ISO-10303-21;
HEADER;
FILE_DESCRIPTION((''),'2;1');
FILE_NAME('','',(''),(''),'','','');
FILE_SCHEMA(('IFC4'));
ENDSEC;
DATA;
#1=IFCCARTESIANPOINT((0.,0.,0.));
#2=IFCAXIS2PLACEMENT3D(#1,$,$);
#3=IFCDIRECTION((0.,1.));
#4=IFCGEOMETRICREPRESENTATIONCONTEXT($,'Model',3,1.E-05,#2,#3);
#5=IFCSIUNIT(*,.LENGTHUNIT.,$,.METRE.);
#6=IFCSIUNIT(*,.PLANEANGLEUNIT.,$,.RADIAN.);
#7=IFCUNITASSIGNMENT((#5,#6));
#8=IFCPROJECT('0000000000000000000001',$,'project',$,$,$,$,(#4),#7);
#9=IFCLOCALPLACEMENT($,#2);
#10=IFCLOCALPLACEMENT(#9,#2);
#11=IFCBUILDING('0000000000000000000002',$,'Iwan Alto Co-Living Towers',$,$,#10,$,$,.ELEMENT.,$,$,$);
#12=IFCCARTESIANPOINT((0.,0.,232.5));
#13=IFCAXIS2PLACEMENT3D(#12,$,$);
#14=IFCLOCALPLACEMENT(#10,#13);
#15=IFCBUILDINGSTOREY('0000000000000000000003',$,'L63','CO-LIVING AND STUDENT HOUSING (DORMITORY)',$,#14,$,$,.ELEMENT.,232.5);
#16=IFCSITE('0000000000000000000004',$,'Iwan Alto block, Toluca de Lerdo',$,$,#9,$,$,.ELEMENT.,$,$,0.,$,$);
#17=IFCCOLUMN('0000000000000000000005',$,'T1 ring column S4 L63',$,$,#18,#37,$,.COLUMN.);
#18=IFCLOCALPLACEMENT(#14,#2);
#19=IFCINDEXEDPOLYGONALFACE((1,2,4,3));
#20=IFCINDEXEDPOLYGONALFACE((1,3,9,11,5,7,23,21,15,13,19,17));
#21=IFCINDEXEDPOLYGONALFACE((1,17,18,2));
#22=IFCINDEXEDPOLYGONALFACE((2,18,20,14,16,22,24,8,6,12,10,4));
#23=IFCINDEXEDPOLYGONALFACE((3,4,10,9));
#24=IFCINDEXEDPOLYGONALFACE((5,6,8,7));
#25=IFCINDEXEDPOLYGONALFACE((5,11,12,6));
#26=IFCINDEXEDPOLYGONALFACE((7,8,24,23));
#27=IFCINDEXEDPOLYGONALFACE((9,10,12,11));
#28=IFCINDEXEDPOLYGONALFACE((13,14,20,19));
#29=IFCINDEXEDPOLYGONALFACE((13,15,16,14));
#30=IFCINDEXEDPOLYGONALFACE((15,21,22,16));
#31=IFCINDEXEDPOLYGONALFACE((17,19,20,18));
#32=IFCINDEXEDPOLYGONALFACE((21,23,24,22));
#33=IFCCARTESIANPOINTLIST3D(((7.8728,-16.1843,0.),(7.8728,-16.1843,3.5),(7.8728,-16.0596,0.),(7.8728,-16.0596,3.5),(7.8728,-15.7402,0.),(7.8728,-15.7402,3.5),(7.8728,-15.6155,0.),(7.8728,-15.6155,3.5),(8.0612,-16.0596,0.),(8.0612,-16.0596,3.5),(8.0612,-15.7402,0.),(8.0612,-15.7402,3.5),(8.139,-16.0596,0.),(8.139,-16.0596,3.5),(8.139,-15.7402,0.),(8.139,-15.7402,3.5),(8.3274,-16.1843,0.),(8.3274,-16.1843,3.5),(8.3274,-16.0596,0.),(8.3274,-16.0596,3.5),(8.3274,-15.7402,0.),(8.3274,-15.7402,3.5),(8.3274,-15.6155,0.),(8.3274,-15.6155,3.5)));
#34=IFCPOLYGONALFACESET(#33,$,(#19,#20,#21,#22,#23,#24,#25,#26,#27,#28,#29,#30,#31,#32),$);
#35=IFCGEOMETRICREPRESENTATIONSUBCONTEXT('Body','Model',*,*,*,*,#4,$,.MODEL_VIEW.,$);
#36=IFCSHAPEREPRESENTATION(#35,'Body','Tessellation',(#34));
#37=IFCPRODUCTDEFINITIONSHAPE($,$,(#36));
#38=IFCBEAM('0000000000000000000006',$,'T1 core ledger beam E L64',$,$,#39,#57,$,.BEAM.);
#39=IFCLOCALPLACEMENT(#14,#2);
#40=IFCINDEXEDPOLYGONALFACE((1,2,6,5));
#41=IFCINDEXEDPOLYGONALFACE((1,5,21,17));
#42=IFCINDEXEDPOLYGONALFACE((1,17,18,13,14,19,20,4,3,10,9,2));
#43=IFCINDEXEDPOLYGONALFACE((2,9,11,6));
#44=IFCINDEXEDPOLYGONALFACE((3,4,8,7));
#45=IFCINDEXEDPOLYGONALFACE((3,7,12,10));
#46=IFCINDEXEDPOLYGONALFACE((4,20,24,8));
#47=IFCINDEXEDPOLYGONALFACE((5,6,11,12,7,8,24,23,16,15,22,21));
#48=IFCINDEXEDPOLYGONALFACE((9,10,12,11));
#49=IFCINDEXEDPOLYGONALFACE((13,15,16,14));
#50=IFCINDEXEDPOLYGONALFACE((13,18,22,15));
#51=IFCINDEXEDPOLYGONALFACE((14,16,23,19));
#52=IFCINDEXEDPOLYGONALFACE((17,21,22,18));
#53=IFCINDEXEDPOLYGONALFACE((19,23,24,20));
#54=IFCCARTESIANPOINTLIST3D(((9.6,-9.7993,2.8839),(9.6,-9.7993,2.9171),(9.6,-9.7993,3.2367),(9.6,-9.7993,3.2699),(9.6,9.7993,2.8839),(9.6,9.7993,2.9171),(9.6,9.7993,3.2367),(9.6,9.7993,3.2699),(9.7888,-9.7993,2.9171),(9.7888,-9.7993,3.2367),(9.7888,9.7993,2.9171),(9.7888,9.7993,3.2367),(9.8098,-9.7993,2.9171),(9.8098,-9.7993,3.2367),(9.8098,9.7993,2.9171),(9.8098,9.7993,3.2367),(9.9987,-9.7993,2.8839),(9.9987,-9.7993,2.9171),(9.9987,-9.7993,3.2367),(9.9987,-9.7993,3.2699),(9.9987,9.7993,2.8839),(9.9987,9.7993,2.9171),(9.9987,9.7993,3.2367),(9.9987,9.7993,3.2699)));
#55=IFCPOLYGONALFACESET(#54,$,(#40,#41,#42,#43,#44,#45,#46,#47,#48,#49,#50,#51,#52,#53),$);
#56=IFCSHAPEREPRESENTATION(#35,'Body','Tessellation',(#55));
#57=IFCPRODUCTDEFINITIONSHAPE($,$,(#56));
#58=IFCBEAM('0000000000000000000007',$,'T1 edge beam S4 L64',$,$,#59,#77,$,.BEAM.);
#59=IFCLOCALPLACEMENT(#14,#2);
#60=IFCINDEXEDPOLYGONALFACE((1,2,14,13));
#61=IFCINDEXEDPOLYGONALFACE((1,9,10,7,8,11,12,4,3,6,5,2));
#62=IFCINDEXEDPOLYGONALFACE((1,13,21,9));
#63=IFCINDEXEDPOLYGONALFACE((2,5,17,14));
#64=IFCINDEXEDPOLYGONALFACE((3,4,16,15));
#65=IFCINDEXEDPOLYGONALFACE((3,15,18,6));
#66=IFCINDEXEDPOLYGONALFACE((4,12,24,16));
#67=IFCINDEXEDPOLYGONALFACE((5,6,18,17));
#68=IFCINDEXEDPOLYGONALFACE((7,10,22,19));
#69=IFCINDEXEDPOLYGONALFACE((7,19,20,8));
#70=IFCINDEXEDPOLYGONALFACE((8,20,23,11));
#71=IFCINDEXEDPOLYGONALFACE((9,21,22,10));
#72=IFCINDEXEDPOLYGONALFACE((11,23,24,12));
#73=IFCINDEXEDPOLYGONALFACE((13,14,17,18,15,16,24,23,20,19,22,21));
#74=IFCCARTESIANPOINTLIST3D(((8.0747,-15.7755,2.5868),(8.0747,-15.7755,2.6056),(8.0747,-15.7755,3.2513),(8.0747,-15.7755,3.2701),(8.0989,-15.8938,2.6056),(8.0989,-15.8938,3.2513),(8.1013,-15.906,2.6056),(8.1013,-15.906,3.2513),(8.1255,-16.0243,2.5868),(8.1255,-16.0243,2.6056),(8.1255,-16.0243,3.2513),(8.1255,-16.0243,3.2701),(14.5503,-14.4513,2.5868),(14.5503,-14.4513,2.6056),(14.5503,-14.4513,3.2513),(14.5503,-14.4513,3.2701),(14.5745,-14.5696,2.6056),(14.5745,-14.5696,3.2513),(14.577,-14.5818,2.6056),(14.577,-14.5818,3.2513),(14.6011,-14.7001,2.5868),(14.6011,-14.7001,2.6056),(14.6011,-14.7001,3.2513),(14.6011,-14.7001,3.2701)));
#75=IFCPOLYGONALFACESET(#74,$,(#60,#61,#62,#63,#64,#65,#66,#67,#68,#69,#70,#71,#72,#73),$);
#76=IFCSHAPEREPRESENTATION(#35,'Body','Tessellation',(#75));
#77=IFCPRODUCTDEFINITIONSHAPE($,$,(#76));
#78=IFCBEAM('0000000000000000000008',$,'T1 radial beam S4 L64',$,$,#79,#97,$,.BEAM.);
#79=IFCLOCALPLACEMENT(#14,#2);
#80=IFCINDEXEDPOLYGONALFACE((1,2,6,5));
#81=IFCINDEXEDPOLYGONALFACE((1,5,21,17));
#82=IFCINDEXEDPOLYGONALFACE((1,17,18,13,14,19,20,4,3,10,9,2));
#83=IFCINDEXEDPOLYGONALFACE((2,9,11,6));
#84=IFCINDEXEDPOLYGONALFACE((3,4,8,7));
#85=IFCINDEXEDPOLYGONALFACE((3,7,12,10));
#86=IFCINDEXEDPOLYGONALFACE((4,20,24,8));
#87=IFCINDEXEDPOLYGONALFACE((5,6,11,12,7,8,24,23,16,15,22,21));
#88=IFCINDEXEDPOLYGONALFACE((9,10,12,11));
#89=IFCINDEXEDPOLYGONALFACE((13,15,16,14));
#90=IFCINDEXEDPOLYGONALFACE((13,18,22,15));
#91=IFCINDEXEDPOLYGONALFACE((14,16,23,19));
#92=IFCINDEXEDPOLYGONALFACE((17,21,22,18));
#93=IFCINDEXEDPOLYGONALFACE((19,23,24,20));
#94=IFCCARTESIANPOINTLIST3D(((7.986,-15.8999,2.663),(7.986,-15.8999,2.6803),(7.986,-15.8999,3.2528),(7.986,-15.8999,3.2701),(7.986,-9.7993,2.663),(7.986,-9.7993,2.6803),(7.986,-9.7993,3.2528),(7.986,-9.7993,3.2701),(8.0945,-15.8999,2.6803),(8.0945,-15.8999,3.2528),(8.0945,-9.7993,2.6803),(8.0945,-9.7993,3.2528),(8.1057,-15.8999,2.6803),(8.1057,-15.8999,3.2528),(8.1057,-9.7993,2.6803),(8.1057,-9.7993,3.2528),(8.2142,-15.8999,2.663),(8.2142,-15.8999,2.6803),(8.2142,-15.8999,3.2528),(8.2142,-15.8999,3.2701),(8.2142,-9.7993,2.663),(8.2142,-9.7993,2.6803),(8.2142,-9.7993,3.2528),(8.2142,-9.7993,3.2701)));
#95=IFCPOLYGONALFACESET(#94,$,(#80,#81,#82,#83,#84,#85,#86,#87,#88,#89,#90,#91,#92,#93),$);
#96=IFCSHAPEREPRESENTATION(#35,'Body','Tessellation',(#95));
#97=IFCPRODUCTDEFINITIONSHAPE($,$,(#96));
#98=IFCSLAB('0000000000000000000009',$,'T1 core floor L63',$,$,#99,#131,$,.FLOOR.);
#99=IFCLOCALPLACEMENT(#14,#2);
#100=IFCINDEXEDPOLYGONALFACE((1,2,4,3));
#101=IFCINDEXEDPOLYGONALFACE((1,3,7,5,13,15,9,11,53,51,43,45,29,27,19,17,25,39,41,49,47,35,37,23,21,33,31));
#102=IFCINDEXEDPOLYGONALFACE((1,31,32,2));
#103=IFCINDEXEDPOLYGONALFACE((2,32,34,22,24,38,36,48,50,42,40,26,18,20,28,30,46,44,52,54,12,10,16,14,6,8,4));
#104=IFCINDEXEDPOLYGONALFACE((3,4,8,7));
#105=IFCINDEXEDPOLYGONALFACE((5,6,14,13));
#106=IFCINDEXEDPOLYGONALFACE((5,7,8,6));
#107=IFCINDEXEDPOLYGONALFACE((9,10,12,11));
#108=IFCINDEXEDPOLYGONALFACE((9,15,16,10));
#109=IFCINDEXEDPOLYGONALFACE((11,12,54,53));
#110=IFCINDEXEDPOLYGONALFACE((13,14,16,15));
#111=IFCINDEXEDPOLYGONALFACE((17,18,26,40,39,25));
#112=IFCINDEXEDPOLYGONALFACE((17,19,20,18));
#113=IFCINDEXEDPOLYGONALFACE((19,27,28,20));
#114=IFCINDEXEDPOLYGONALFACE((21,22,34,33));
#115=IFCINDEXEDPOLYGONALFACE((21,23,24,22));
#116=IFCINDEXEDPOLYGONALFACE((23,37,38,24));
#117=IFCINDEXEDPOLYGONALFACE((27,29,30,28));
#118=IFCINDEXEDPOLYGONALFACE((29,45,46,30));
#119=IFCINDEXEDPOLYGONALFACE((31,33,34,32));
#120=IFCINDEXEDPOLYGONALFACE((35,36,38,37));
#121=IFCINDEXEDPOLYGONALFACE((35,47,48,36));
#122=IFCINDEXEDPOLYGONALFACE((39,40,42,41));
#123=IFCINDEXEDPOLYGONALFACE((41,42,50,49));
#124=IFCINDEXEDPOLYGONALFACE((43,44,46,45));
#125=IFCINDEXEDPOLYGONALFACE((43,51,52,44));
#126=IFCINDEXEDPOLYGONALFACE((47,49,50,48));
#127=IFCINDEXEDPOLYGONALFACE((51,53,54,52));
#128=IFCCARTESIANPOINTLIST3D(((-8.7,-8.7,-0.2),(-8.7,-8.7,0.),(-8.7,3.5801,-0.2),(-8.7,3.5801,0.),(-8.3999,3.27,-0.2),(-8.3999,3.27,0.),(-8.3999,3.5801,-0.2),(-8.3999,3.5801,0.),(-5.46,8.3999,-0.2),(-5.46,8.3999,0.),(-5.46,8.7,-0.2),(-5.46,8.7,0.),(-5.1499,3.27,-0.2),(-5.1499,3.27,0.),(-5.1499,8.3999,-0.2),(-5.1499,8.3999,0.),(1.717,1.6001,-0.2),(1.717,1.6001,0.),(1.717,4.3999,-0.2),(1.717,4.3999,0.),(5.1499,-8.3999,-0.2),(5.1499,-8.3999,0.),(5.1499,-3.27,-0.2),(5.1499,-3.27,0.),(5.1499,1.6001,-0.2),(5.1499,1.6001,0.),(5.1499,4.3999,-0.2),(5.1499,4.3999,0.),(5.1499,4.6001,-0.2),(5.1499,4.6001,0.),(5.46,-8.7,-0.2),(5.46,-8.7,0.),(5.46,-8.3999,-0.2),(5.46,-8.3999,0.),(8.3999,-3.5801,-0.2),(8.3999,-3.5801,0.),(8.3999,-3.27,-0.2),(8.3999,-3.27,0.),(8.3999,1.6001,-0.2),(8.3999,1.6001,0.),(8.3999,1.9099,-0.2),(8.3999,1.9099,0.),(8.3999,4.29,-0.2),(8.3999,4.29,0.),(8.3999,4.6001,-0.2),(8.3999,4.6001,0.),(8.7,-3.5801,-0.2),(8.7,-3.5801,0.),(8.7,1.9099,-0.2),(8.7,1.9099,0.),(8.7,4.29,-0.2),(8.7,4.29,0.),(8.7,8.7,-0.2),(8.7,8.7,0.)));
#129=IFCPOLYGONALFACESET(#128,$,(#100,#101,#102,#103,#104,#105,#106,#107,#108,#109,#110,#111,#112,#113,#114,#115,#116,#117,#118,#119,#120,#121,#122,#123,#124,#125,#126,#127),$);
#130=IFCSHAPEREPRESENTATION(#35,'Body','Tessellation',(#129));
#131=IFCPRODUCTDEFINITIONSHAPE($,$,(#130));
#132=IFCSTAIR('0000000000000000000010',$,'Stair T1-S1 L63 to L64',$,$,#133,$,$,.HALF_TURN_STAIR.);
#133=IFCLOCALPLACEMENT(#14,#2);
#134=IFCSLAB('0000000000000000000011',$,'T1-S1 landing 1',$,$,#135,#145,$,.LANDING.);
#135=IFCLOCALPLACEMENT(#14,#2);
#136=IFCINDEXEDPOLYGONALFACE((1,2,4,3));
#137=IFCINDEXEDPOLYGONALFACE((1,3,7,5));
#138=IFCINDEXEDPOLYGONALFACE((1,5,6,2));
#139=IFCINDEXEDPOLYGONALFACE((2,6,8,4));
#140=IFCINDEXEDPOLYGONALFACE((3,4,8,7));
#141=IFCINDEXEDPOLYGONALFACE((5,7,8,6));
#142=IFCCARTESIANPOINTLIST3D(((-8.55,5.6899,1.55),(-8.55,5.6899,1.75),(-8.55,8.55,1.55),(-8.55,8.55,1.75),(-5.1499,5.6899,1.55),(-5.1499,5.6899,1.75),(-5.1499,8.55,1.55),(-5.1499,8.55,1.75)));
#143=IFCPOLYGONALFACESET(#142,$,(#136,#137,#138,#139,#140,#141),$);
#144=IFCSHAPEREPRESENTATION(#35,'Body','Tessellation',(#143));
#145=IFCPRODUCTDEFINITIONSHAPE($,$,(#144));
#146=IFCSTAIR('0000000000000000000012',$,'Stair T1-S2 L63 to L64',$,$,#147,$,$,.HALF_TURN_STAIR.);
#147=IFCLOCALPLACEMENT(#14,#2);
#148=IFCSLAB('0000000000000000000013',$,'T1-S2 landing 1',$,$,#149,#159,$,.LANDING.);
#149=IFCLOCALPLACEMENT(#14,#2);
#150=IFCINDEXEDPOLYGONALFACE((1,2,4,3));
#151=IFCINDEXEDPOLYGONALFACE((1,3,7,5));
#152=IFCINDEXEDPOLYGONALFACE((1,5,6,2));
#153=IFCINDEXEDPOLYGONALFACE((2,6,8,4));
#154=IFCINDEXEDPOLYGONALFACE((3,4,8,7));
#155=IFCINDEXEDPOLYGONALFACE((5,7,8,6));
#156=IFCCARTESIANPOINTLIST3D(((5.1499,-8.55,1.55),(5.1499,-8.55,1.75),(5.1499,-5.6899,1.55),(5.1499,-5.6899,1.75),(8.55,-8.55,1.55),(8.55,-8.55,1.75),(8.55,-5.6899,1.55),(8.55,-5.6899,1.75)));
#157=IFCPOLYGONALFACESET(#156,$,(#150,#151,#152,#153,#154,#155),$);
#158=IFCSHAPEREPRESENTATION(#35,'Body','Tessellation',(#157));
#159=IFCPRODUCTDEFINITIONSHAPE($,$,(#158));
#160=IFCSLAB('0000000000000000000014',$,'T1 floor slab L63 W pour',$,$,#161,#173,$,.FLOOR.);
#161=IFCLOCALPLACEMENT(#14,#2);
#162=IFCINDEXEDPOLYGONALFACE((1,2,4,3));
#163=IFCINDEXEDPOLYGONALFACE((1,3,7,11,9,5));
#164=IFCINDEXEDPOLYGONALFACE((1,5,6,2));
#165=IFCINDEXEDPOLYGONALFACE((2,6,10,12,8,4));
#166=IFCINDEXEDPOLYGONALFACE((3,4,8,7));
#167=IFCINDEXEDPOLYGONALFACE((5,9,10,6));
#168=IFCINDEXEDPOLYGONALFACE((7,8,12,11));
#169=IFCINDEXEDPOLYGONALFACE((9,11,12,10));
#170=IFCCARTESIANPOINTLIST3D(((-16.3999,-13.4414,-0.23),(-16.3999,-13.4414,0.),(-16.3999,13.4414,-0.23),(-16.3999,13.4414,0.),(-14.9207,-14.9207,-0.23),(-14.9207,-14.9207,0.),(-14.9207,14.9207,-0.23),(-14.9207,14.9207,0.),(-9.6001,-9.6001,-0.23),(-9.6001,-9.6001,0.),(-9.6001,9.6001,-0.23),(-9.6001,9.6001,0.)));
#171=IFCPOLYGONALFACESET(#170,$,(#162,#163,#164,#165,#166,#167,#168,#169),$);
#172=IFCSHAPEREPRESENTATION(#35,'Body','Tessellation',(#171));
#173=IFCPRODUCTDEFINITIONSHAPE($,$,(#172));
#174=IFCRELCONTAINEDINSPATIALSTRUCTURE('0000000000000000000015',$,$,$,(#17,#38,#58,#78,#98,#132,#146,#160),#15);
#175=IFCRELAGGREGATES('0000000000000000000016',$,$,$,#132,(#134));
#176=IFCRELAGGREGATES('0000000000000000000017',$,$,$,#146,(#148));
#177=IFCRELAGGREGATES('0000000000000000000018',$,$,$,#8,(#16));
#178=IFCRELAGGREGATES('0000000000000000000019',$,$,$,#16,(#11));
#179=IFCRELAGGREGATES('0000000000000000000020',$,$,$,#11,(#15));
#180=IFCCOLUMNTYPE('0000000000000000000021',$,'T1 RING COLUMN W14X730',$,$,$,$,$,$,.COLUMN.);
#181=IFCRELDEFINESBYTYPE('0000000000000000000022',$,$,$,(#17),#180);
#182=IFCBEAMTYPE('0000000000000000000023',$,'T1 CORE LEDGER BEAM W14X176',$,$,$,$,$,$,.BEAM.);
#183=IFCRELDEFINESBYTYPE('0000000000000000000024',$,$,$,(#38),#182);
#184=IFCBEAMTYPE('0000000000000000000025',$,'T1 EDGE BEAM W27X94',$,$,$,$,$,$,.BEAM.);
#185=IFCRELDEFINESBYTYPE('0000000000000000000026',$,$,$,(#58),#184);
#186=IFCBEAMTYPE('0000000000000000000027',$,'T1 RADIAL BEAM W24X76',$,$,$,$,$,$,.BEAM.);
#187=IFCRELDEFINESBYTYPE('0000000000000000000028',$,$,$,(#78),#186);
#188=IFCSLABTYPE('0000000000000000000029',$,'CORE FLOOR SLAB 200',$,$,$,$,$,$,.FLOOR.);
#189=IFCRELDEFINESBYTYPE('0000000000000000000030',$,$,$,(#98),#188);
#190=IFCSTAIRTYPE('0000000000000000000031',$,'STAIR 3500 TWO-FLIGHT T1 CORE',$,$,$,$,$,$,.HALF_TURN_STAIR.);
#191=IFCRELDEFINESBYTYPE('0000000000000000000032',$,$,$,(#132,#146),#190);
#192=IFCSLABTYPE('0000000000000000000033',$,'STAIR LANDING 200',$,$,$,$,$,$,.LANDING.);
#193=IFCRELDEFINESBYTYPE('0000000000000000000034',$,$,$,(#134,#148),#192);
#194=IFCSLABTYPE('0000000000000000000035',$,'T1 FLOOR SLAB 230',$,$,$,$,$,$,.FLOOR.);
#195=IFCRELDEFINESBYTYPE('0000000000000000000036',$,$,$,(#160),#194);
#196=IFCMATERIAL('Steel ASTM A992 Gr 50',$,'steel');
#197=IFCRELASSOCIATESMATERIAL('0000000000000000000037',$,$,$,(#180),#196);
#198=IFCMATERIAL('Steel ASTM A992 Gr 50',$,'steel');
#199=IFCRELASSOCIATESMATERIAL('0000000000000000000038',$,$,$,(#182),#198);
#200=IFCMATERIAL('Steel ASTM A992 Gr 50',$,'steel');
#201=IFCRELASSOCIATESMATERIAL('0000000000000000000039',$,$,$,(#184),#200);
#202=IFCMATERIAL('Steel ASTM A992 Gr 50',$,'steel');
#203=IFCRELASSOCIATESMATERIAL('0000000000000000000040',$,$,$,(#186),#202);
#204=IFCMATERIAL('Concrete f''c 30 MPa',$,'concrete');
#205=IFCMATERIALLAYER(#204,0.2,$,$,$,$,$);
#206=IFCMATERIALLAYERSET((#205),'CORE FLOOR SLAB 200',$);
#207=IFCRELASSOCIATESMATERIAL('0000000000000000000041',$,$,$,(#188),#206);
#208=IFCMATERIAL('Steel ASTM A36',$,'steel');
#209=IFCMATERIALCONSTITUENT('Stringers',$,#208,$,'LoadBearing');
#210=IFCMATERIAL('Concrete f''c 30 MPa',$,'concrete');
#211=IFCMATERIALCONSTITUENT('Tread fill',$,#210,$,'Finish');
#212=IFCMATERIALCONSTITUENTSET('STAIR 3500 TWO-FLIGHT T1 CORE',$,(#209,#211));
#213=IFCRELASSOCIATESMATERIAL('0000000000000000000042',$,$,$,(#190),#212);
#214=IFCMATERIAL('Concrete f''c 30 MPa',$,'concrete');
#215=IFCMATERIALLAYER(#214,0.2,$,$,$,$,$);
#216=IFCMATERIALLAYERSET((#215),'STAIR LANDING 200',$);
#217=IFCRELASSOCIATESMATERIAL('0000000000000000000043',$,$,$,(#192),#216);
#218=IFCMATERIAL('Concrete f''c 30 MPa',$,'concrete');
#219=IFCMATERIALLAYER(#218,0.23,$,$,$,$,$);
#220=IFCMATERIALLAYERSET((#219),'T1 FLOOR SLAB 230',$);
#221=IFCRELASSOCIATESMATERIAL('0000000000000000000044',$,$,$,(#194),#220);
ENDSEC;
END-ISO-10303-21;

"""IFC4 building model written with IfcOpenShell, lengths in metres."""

from ifc_helpers import new_model, si_unit, direction, frame, origin, origin_2d, place, context, subcontext, project, spatial, polyline, i_section, outline, extrude, material, layer, layer_set, constituent, constituent_set, material_profile, profile_set, type_object, element, aggregate, save


model = new_model("IFC4")

# Units and contexts
model_context = context("Model", 3, precision=1e-05, world=origin(), true_north=direction((0.0, 1.0)))
body_context = subcontext(model_context, "Body", "Model", "MODEL_VIEW")
ifc_project = project(units=[si_unit("LENGTHUNIT", "METRE"), si_unit("PLANEANGLEUNIT", "RADIAN")], contexts=[model_context])

# Site, building, storey
site_placement = place(None, origin())
site = spatial("IfcSite", under=ifc_project, at=site_placement, Name="Iwan Alto block, Toluca de Lerdo", CompositionType="ELEMENT", RefElevation=0.0)
building_placement = place(site_placement, origin())
building = spatial("IfcBuilding", under=site, at=building_placement, Name="Iwan Alto Co-Living Towers", CompositionType="ELEMENT")
storey_placement = place(building_placement, frame((0.0, 0.0, 232.5)))
storey = spatial("IfcBuildingStorey", under=building, at=storey_placement, Name="L63", Description="CO-LIVING AND STUDENT HOUSING (DORMITORY)", CompositionType="ELEMENT", Elevation=232.5)

# Column
ifc_material_1 = material(Name="Steel ASTM A992 Gr 50", Category="steel")
ifc_material_profile_1 = material_profile(ifc_material_1, i_section(OverallWidth=0.4546, OverallDepth=0.5688, WebThickness=0.0779, FlangeThickness=0.1248, at=origin_2d()), Name="W14X730")
ifc_profile_set_1 = profile_set([ifc_material_profile_1], Name="Steel ASTM A992 Gr 50")
column_type = type_object("IfcColumnType", Name="T1 RING COLUMN W14X730", PredefinedType="COLUMN", material=ifc_profile_set_1)
column_placement = place(storey_placement, frame((8.1001, -15.8999, 0.0), z_axis=(0.0, 0.0, 1.0), x_axis=(1.0, 0.0, 0.0)))
element("IfcColumn", 1, at=column_placement, inside=storey, type_object=column_type, Name="T1 ring column S4 L63", PredefinedType="COLUMN", context=body_context, shape_type="SweptSolid", body=[
    extrude(i_section(OverallWidth=0.4546, OverallDepth=0.5688, WebThickness=0.0779, FlangeThickness=0.1248, at=origin_2d()), origin(), (0.0, 0.0, 1.0), 3.5),
])

# Beams
ifc_material_2 = material(Name="Steel ASTM A992 Gr 50", Category="steel")
ifc_material_profile_2 = material_profile(ifc_material_2, i_section(OverallWidth=0.3987, OverallDepth=0.386, WebThickness=0.021, FlangeThickness=0.0332, at=origin_2d()), Name="W14X176")
ifc_profile_set_2 = profile_set([ifc_material_profile_2], Name="Steel ASTM A992 Gr 50")
beam_type_1 = type_object("IfcBeamType", Name="T1 CORE LEDGER BEAM W14X176", PredefinedType="BEAM", material=ifc_profile_set_2)
beam_1_placement = place(storey_placement, frame((9.7993, -9.7993, 3.0769), z_axis=(0.0, 1.0, 0.0), x_axis=(-1.0, 0.0, 0.0)))
element("IfcBeam", 2, at=beam_1_placement, inside=storey, type_object=beam_type_1, Name="T1 core ledger beam E L64", PredefinedType="BEAM", context=body_context, shape_type="SweptSolid", body=[
    extrude(i_section(OverallWidth=0.3987, OverallDepth=0.386, WebThickness=0.021, FlangeThickness=0.0332, at=origin_2d()), origin(), (0.0, 0.0, 1.0), 19.5986),
])
ifc_material_3 = material(Name="Steel ASTM A992 Gr 50", Category="steel")
ifc_material_profile_3 = material_profile(ifc_material_3, i_section(OverallWidth=0.2539, OverallDepth=0.6833, WebThickness=0.0125, FlangeThickness=0.0188, at=origin_2d()), Name="W27X94")
ifc_profile_set_3 = profile_set([ifc_material_profile_3], Name="Steel ASTM A992 Gr 50")
beam_type_2 = type_object("IfcBeamType", Name="T1 EDGE BEAM W27X94", PredefinedType="BEAM", material=ifc_profile_set_3)
beam_2_placement = place(storey_placement, frame((8.1001, -15.8999, 2.9285), z_axis=(0.979725, 0.200348, 0.0), x_axis=(-0.200348, 0.979725, 0.0)))
element("IfcBeam", 3, at=beam_2_placement, inside=storey, type_object=beam_type_2, Name="T1 edge beam S4 L64", PredefinedType="BEAM", context=body_context, shape_type="SweptSolid", body=[
    extrude(i_section(OverallWidth=0.2539, OverallDepth=0.6833, WebThickness=0.0125, FlangeThickness=0.0188, at=origin_2d()), origin(), (0.0, 0.0, 1.0), 6.6096),
])
ifc_material_4 = material(Name="Steel ASTM A992 Gr 50", Category="steel")
ifc_material_profile_4 = material_profile(ifc_material_4, i_section(OverallWidth=0.2283, OverallDepth=0.6072, WebThickness=0.0112, FlangeThickness=0.0173, at=origin_2d()), Name="W24X76")
ifc_profile_set_4 = profile_set([ifc_material_profile_4], Name="Steel ASTM A992 Gr 50")
beam_type_3 = type_object("IfcBeamType", Name="T1 RADIAL BEAM W24X76", PredefinedType="BEAM", material=ifc_profile_set_4)
beam_3_placement = place(storey_placement, frame((8.1001, -15.8999, 2.9666), z_axis=(0.0, 1.0, 0.0), x_axis=(-1.0, 0.0, 0.0)))
element("IfcBeam", 4, at=beam_3_placement, inside=storey, type_object=beam_type_3, Name="T1 radial beam S4 L64", PredefinedType="BEAM", context=body_context, shape_type="SweptSolid", body=[
    extrude(i_section(OverallWidth=0.2283, OverallDepth=0.6072, WebThickness=0.0112, FlangeThickness=0.0173, at=origin_2d()), origin(), (0.0, 0.0, 1.0), 6.1006),
])

# Slab
ifc_material_5 = material(Name="Concrete f'c 30 MPa", Category="concrete")
ifc_layer_1 = layer(ifc_material_5, 0.2)
ifc_layer_set_1 = layer_set([ifc_layer_1], Name="CORE FLOOR SLAB 200")
slab_type_1 = type_object("IfcSlabType", Name="CORE FLOOR SLAB 200", PredefinedType="FLOOR", material=ifc_layer_set_1)
slab_1_placement = place(storey_placement, frame((0.0, 0.0, -0.2)))
element("IfcSlab", 5, at=slab_1_placement, inside=storey, type_object=slab_type_1, Name="T1 core floor L63", PredefinedType="FLOOR", context=body_context, shape_type="SweptSolid", body=[
    extrude(outline(polyline([(-8.7, 3.5801), (-8.3999, 3.5801), (-8.3999, 3.27), (-5.1499, 3.27), (-5.1499, 8.3999), (-5.46, 8.3999), (-5.46, 8.7), (8.7, 8.7), (8.7, 4.29), (8.3999, 4.29), (8.3999, 4.6001), (5.1499, 4.6001), (5.1499, 4.3999), (1.717, 4.3999), (1.717, 1.6001), (5.1499, 1.6001), (8.3999, 1.6001), (8.3999, 1.9099), (8.7, 1.9099), (8.7, -3.5801), (8.3999, -3.5801), (8.3999, -3.27), (5.1499, -3.27), (5.1499, -8.3999), (5.46, -8.3999), (5.46, -8.7), (-8.7, -8.7), (-8.7, 3.5801)])), origin(), (0.0, 0.0, 1.0), 0.2),
])

# Stairs, slabs
ifc_material_6 = material(Name="Steel ASTM A36", Category="steel")
ifc_constituent_1 = constituent(ifc_material_6, Name="Stringers", Category="LoadBearing")
ifc_material_7 = material(Name="Concrete f'c 30 MPa", Category="concrete")
ifc_constituent_2 = constituent(ifc_material_7, Name="Tread fill", Category="Finish")
ifc_constituent_set_1 = constituent_set(constituents=[ifc_constituent_1, ifc_constituent_2], Name="STAIR 3500 TWO-FLIGHT T1 CORE")
stair_type = type_object("IfcStairType", Name="STAIR 3500 TWO-FLIGHT T1 CORE", PredefinedType="HALF_TURN_STAIR", material=ifc_constituent_set_1)
stair_1_placement = place(storey_placement, origin())
stair_1 = element("IfcStair", 6, at=stair_1_placement, inside=storey, type_object=stair_type, Name="Stair T1-S1 L63 to L64", PredefinedType="HALF_TURN_STAIR")
ifc_material_8 = material(Name="Concrete f'c 30 MPa", Category="concrete")
ifc_layer_2 = layer(ifc_material_8, 0.2)
ifc_layer_set_2 = layer_set([ifc_layer_2], Name="STAIR LANDING 200")
slab_type_2 = type_object("IfcSlabType", Name="STAIR LANDING 200", PredefinedType="LANDING", material=ifc_layer_set_2)
slab_2_placement = place(storey_placement, frame((0.0, 0.0, 1.55)))
slab_2 = element("IfcSlab", 7, at=slab_2_placement, type_object=slab_type_2, Name="T1-S1 landing 1", PredefinedType="LANDING", context=body_context, shape_type="SweptSolid", body=[
    extrude(outline(polyline([(-8.55, 5.6899), (-8.55, 8.55), (-5.1499, 8.55), (-5.1499, 5.6899), (-8.55, 5.6899)])), origin(), (0.0, 0.0, 1.0), 0.2),
])
aggregate(stair_1, [slab_2])
stair_2_placement = place(storey_placement, origin())
stair_2 = element("IfcStair", 8, at=stair_2_placement, inside=storey, type_object=stair_type, Name="Stair T1-S2 L63 to L64", PredefinedType="HALF_TURN_STAIR")
slab_3_placement = place(storey_placement, frame((0.0, 0.0, 1.55)))
slab_3 = element("IfcSlab", 9, at=slab_3_placement, type_object=slab_type_2, Name="T1-S2 landing 1", PredefinedType="LANDING", context=body_context, shape_type="SweptSolid", body=[
    extrude(outline(polyline([(5.1499, -5.6899), (5.1499, -8.55), (8.55, -8.55), (8.55, -5.6899), (5.1499, -5.6899)])), origin(), (0.0, 0.0, 1.0), 0.2),
])

# Slab
ifc_material_9 = material(Name="Concrete f'c 30 MPa", Category="concrete")
ifc_layer_3 = layer(ifc_material_9, 0.23)
ifc_layer_set_3 = layer_set([ifc_layer_3], Name="T1 FLOOR SLAB 230")
slab_type_3 = type_object("IfcSlabType", Name="T1 FLOOR SLAB 230", PredefinedType="FLOOR", material=ifc_layer_set_3)
slab_4_placement = place(storey_placement, frame((0.0, 0.0, -0.23)))
element("IfcSlab", 10, at=slab_4_placement, inside=storey, type_object=slab_type_3, Name="T1 floor slab L63 W pour", PredefinedType="FLOOR", context=body_context, shape_type="SweptSolid", body=[
    extrude(outline(polyline([(-16.3999, 13.4414), (-14.9207, 14.9207), (-9.6001, 9.6001), (-9.6001, -9.6001), (-14.9207, -14.9207), (-16.3999, -13.4414), (-16.3999, 13.4414)])), origin(), (0.0, 0.0, 1.0), 0.23),
])

aggregate(stair_2, [slab_3])

save(model, "model.ifc")
